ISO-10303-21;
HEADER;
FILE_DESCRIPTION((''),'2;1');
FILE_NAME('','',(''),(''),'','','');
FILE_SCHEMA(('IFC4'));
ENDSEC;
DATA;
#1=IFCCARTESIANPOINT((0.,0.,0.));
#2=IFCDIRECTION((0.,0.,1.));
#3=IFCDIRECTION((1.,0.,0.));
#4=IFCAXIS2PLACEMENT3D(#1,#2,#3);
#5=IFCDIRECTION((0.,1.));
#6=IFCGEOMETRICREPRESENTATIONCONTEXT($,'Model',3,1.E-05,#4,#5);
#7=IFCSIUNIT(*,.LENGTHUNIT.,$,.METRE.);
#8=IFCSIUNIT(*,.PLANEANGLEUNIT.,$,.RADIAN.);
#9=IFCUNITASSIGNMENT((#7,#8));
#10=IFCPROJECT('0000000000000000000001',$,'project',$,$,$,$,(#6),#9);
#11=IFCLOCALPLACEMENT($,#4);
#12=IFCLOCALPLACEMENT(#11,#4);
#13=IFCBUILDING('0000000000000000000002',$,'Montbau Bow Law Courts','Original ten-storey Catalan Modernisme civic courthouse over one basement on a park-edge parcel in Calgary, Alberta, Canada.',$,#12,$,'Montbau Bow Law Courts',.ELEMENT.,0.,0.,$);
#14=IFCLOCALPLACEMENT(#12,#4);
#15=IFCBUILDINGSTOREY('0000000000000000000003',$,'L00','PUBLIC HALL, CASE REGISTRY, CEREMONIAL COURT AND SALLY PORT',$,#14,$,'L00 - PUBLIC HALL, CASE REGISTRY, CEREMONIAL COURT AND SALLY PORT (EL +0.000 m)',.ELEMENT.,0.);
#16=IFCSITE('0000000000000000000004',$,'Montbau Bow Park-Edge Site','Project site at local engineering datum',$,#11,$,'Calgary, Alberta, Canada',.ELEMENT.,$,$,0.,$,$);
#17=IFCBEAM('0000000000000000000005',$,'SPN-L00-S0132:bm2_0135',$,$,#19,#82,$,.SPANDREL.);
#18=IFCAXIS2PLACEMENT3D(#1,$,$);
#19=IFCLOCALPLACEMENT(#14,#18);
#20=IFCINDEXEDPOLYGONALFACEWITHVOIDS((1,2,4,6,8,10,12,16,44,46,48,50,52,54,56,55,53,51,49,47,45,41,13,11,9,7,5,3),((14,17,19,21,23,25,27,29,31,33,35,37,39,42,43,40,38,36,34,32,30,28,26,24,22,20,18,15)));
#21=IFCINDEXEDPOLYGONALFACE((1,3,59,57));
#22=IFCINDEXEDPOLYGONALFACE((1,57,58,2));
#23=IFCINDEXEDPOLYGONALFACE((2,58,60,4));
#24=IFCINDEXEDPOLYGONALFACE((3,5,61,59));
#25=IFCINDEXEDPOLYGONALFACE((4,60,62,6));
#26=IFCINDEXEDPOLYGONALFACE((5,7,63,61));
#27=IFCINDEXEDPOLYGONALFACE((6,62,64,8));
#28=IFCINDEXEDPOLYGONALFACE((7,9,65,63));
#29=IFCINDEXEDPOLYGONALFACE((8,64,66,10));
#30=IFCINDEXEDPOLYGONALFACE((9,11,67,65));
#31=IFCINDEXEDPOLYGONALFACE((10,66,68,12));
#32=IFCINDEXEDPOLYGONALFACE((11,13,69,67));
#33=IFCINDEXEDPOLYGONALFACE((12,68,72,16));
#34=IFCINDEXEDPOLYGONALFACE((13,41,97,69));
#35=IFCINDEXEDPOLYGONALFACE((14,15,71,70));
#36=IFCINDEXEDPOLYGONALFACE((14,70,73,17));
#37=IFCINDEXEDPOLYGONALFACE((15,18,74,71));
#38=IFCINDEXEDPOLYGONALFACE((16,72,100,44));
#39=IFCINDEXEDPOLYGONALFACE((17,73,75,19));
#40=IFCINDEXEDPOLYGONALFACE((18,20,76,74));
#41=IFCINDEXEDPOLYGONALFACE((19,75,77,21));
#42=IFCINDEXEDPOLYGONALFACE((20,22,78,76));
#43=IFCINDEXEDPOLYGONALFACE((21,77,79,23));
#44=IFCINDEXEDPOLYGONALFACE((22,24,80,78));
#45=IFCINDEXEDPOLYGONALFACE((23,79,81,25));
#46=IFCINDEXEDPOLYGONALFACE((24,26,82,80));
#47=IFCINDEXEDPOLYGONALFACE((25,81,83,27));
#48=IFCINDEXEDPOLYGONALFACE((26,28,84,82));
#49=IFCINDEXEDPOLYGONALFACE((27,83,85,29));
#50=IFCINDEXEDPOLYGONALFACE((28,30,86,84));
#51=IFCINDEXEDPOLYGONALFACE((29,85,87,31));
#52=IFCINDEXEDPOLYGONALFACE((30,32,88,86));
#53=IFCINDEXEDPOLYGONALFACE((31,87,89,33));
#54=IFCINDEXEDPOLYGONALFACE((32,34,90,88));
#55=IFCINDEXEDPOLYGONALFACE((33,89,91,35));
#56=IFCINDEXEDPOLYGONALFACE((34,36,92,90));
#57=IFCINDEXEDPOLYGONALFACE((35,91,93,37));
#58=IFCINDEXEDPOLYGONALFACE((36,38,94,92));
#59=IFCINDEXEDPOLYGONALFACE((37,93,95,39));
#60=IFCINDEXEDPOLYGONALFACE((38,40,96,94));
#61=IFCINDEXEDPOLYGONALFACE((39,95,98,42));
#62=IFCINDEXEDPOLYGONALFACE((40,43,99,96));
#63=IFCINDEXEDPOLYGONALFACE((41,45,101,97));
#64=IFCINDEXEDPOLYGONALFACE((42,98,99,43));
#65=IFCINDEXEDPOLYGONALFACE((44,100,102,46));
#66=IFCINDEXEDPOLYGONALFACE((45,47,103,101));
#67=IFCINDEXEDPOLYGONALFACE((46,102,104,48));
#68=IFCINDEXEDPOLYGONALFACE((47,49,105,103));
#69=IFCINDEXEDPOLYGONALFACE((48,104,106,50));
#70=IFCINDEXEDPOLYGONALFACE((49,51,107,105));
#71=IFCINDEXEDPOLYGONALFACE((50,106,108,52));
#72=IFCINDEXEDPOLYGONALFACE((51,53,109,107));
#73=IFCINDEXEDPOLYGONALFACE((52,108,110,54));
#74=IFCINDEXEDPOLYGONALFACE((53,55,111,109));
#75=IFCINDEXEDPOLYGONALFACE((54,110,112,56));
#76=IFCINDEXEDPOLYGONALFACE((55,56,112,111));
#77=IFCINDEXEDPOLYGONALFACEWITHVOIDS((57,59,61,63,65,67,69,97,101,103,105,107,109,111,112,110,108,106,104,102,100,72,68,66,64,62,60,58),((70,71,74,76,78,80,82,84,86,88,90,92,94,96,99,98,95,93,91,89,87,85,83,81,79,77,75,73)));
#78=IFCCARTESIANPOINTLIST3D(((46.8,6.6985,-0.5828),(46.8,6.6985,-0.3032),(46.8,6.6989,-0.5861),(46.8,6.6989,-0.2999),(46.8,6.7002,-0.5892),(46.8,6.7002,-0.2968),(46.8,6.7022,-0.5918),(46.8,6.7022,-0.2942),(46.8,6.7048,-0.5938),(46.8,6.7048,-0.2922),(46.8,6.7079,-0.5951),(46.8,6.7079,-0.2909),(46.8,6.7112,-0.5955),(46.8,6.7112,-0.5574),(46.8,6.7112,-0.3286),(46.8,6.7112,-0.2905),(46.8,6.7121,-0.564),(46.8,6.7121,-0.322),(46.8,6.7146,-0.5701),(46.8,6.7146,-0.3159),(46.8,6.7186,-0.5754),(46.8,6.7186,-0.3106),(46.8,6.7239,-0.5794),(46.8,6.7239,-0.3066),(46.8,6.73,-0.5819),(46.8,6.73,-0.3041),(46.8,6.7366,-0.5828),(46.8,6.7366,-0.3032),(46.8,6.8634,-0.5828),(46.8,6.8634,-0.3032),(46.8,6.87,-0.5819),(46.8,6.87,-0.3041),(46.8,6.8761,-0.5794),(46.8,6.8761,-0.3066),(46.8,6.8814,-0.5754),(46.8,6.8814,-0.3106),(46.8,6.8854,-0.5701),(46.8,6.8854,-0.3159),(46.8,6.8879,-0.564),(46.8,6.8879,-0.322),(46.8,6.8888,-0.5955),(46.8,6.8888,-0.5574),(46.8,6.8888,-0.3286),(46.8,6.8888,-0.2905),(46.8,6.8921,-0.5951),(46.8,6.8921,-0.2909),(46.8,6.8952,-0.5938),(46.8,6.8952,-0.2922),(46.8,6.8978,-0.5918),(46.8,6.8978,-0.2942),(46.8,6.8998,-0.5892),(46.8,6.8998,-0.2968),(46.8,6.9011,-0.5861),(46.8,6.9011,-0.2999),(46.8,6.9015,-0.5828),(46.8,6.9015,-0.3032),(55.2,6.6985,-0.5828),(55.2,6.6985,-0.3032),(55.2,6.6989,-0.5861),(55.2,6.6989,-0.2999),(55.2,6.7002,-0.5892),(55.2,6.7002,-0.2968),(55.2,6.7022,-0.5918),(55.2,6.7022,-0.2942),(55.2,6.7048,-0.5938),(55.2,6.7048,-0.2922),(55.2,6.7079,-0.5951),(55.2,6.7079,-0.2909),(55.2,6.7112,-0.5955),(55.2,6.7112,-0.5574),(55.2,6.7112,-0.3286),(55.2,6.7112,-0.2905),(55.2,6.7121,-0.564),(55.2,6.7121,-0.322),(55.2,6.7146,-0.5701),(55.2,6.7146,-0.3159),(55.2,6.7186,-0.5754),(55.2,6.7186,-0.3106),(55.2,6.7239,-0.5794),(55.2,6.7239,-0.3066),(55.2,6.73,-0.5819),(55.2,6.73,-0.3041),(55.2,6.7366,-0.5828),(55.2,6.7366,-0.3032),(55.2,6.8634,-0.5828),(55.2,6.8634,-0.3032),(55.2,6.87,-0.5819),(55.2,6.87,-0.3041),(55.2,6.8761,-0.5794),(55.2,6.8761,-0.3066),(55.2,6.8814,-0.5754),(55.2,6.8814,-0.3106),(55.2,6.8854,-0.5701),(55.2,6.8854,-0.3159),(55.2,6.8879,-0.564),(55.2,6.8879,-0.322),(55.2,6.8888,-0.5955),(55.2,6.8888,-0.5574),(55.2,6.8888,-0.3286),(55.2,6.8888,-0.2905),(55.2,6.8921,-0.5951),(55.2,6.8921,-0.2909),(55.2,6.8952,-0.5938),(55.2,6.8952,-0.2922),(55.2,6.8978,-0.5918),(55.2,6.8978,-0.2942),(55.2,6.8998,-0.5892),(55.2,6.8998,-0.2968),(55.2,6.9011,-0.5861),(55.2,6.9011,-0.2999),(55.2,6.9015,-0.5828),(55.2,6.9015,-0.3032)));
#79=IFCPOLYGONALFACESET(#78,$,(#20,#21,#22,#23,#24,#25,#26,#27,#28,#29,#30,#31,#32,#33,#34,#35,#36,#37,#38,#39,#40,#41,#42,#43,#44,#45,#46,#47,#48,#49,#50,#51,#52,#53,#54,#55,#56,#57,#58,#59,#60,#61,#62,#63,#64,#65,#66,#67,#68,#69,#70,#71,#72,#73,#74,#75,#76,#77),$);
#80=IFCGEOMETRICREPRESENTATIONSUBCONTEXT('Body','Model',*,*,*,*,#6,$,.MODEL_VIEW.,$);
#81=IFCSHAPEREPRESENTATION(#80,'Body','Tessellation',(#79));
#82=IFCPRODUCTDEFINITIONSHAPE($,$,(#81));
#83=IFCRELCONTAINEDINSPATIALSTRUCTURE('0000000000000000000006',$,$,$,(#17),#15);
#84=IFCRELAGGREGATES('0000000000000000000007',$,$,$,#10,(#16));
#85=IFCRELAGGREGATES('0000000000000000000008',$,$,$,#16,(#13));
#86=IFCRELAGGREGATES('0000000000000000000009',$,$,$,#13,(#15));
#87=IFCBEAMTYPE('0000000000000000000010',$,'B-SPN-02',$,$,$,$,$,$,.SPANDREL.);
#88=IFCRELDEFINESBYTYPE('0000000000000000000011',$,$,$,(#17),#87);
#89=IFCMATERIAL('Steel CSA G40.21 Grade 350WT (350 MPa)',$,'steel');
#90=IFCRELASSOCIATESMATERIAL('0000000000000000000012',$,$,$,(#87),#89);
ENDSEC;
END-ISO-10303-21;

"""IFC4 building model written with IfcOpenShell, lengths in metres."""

from ifc_helpers import new_model, si_unit, direction, frame, origin_with_axes, origin_2d_with_axis, place, context, subcontext, project, spatial, hollow_rectangle, extrude, material, material_profile, profile_set, type_object, element, save


model = new_model("IFC4")

# Units and contexts
model_context = context("Model", 3, precision=1e-05, world=origin_with_axes(), true_north=direction((0.0, 1.0)))
body_context = subcontext(model_context, "Body", "Model", "MODEL_VIEW")
ifc_project = project(units=[si_unit("LENGTHUNIT", "METRE"), si_unit("PLANEANGLEUNIT", "RADIAN")], contexts=[model_context])

# Site, building, storey
site_placement = place(None, origin_with_axes())
site = spatial("IfcSite", under=ifc_project, at=site_placement, Name="Montbau Bow Park-Edge Site", Description="Project site at local engineering datum", LongName="Calgary, Alberta, Canada", CompositionType="ELEMENT", RefElevation=0.0)
building_placement = place(site_placement, origin_with_axes())
building = spatial("IfcBuilding", under=site, at=building_placement, Name="Montbau Bow Law Courts", Description="Original ten-storey Catalan Modernisme civic courthouse over one basement on a park-edge parcel in Calgary, Alberta, Canada.", LongName="Montbau Bow Law Courts", CompositionType="ELEMENT", ElevationOfRefHeight=0.0, ElevationOfTerrain=0.0)
storey_placement = place(building_placement, origin_with_axes())
storey = spatial("IfcBuildingStorey", under=building, at=storey_placement, Name="L00", Description="PUBLIC HALL, CASE REGISTRY, CEREMONIAL COURT AND SALLY PORT", LongName="L00 - PUBLIC HALL, CASE REGISTRY, CEREMONIAL COURT AND SALLY PORT (EL +0.000 m)", CompositionType="ELEMENT", Elevation=0.0)

# Beam
ifc_material_1 = material(Name="Steel CSA G40.21 Grade 350WT (350 MPa)", Category="steel")
ifc_material_profile_1 = material_profile(ifc_material_1, hollow_rectangle(XDim=0.203, YDim=0.305, WallThickness=0.0127, InnerFilletRadius=0.0254, OuterFilletRadius=0.0127, at=origin_2d_with_axis()), Name="HSS305X203X13", Category="Main", Priority=0)
ifc_profile_set_1 = profile_set([ifc_material_profile_1], Name="Steel CSA G40.21 Grade 350WT (350 MPa)")
beam_type_1 = type_object("IfcBeamType", Name="B-SPN-02", PredefinedType="SPANDREL", material=ifc_profile_set_1)
beam_1_placement = place(None, frame((46.8, 6.8, -0.443), z_axis=(1.0, 0.0, 0.0), x_axis=(0.0, 1.0, 0.0)))
element("IfcBeam", 1, at=beam_1_placement, inside=storey, type_object=beam_type_1, Name="SPN-L00-S0132:bm2_0135", PredefinedType="SPANDREL", context=body_context, shape_type="SweptSolid", body=[
    extrude(hollow_rectangle(XDim=0.203, YDim=0.305, WallThickness=0.0127, InnerFilletRadius=0.0254, OuterFilletRadius=0.0127, at=origin_2d_with_axis()), origin_with_axes(), (0.0, 0.0, 1.0), 8.4),
])

save(model, "model.ifc")
